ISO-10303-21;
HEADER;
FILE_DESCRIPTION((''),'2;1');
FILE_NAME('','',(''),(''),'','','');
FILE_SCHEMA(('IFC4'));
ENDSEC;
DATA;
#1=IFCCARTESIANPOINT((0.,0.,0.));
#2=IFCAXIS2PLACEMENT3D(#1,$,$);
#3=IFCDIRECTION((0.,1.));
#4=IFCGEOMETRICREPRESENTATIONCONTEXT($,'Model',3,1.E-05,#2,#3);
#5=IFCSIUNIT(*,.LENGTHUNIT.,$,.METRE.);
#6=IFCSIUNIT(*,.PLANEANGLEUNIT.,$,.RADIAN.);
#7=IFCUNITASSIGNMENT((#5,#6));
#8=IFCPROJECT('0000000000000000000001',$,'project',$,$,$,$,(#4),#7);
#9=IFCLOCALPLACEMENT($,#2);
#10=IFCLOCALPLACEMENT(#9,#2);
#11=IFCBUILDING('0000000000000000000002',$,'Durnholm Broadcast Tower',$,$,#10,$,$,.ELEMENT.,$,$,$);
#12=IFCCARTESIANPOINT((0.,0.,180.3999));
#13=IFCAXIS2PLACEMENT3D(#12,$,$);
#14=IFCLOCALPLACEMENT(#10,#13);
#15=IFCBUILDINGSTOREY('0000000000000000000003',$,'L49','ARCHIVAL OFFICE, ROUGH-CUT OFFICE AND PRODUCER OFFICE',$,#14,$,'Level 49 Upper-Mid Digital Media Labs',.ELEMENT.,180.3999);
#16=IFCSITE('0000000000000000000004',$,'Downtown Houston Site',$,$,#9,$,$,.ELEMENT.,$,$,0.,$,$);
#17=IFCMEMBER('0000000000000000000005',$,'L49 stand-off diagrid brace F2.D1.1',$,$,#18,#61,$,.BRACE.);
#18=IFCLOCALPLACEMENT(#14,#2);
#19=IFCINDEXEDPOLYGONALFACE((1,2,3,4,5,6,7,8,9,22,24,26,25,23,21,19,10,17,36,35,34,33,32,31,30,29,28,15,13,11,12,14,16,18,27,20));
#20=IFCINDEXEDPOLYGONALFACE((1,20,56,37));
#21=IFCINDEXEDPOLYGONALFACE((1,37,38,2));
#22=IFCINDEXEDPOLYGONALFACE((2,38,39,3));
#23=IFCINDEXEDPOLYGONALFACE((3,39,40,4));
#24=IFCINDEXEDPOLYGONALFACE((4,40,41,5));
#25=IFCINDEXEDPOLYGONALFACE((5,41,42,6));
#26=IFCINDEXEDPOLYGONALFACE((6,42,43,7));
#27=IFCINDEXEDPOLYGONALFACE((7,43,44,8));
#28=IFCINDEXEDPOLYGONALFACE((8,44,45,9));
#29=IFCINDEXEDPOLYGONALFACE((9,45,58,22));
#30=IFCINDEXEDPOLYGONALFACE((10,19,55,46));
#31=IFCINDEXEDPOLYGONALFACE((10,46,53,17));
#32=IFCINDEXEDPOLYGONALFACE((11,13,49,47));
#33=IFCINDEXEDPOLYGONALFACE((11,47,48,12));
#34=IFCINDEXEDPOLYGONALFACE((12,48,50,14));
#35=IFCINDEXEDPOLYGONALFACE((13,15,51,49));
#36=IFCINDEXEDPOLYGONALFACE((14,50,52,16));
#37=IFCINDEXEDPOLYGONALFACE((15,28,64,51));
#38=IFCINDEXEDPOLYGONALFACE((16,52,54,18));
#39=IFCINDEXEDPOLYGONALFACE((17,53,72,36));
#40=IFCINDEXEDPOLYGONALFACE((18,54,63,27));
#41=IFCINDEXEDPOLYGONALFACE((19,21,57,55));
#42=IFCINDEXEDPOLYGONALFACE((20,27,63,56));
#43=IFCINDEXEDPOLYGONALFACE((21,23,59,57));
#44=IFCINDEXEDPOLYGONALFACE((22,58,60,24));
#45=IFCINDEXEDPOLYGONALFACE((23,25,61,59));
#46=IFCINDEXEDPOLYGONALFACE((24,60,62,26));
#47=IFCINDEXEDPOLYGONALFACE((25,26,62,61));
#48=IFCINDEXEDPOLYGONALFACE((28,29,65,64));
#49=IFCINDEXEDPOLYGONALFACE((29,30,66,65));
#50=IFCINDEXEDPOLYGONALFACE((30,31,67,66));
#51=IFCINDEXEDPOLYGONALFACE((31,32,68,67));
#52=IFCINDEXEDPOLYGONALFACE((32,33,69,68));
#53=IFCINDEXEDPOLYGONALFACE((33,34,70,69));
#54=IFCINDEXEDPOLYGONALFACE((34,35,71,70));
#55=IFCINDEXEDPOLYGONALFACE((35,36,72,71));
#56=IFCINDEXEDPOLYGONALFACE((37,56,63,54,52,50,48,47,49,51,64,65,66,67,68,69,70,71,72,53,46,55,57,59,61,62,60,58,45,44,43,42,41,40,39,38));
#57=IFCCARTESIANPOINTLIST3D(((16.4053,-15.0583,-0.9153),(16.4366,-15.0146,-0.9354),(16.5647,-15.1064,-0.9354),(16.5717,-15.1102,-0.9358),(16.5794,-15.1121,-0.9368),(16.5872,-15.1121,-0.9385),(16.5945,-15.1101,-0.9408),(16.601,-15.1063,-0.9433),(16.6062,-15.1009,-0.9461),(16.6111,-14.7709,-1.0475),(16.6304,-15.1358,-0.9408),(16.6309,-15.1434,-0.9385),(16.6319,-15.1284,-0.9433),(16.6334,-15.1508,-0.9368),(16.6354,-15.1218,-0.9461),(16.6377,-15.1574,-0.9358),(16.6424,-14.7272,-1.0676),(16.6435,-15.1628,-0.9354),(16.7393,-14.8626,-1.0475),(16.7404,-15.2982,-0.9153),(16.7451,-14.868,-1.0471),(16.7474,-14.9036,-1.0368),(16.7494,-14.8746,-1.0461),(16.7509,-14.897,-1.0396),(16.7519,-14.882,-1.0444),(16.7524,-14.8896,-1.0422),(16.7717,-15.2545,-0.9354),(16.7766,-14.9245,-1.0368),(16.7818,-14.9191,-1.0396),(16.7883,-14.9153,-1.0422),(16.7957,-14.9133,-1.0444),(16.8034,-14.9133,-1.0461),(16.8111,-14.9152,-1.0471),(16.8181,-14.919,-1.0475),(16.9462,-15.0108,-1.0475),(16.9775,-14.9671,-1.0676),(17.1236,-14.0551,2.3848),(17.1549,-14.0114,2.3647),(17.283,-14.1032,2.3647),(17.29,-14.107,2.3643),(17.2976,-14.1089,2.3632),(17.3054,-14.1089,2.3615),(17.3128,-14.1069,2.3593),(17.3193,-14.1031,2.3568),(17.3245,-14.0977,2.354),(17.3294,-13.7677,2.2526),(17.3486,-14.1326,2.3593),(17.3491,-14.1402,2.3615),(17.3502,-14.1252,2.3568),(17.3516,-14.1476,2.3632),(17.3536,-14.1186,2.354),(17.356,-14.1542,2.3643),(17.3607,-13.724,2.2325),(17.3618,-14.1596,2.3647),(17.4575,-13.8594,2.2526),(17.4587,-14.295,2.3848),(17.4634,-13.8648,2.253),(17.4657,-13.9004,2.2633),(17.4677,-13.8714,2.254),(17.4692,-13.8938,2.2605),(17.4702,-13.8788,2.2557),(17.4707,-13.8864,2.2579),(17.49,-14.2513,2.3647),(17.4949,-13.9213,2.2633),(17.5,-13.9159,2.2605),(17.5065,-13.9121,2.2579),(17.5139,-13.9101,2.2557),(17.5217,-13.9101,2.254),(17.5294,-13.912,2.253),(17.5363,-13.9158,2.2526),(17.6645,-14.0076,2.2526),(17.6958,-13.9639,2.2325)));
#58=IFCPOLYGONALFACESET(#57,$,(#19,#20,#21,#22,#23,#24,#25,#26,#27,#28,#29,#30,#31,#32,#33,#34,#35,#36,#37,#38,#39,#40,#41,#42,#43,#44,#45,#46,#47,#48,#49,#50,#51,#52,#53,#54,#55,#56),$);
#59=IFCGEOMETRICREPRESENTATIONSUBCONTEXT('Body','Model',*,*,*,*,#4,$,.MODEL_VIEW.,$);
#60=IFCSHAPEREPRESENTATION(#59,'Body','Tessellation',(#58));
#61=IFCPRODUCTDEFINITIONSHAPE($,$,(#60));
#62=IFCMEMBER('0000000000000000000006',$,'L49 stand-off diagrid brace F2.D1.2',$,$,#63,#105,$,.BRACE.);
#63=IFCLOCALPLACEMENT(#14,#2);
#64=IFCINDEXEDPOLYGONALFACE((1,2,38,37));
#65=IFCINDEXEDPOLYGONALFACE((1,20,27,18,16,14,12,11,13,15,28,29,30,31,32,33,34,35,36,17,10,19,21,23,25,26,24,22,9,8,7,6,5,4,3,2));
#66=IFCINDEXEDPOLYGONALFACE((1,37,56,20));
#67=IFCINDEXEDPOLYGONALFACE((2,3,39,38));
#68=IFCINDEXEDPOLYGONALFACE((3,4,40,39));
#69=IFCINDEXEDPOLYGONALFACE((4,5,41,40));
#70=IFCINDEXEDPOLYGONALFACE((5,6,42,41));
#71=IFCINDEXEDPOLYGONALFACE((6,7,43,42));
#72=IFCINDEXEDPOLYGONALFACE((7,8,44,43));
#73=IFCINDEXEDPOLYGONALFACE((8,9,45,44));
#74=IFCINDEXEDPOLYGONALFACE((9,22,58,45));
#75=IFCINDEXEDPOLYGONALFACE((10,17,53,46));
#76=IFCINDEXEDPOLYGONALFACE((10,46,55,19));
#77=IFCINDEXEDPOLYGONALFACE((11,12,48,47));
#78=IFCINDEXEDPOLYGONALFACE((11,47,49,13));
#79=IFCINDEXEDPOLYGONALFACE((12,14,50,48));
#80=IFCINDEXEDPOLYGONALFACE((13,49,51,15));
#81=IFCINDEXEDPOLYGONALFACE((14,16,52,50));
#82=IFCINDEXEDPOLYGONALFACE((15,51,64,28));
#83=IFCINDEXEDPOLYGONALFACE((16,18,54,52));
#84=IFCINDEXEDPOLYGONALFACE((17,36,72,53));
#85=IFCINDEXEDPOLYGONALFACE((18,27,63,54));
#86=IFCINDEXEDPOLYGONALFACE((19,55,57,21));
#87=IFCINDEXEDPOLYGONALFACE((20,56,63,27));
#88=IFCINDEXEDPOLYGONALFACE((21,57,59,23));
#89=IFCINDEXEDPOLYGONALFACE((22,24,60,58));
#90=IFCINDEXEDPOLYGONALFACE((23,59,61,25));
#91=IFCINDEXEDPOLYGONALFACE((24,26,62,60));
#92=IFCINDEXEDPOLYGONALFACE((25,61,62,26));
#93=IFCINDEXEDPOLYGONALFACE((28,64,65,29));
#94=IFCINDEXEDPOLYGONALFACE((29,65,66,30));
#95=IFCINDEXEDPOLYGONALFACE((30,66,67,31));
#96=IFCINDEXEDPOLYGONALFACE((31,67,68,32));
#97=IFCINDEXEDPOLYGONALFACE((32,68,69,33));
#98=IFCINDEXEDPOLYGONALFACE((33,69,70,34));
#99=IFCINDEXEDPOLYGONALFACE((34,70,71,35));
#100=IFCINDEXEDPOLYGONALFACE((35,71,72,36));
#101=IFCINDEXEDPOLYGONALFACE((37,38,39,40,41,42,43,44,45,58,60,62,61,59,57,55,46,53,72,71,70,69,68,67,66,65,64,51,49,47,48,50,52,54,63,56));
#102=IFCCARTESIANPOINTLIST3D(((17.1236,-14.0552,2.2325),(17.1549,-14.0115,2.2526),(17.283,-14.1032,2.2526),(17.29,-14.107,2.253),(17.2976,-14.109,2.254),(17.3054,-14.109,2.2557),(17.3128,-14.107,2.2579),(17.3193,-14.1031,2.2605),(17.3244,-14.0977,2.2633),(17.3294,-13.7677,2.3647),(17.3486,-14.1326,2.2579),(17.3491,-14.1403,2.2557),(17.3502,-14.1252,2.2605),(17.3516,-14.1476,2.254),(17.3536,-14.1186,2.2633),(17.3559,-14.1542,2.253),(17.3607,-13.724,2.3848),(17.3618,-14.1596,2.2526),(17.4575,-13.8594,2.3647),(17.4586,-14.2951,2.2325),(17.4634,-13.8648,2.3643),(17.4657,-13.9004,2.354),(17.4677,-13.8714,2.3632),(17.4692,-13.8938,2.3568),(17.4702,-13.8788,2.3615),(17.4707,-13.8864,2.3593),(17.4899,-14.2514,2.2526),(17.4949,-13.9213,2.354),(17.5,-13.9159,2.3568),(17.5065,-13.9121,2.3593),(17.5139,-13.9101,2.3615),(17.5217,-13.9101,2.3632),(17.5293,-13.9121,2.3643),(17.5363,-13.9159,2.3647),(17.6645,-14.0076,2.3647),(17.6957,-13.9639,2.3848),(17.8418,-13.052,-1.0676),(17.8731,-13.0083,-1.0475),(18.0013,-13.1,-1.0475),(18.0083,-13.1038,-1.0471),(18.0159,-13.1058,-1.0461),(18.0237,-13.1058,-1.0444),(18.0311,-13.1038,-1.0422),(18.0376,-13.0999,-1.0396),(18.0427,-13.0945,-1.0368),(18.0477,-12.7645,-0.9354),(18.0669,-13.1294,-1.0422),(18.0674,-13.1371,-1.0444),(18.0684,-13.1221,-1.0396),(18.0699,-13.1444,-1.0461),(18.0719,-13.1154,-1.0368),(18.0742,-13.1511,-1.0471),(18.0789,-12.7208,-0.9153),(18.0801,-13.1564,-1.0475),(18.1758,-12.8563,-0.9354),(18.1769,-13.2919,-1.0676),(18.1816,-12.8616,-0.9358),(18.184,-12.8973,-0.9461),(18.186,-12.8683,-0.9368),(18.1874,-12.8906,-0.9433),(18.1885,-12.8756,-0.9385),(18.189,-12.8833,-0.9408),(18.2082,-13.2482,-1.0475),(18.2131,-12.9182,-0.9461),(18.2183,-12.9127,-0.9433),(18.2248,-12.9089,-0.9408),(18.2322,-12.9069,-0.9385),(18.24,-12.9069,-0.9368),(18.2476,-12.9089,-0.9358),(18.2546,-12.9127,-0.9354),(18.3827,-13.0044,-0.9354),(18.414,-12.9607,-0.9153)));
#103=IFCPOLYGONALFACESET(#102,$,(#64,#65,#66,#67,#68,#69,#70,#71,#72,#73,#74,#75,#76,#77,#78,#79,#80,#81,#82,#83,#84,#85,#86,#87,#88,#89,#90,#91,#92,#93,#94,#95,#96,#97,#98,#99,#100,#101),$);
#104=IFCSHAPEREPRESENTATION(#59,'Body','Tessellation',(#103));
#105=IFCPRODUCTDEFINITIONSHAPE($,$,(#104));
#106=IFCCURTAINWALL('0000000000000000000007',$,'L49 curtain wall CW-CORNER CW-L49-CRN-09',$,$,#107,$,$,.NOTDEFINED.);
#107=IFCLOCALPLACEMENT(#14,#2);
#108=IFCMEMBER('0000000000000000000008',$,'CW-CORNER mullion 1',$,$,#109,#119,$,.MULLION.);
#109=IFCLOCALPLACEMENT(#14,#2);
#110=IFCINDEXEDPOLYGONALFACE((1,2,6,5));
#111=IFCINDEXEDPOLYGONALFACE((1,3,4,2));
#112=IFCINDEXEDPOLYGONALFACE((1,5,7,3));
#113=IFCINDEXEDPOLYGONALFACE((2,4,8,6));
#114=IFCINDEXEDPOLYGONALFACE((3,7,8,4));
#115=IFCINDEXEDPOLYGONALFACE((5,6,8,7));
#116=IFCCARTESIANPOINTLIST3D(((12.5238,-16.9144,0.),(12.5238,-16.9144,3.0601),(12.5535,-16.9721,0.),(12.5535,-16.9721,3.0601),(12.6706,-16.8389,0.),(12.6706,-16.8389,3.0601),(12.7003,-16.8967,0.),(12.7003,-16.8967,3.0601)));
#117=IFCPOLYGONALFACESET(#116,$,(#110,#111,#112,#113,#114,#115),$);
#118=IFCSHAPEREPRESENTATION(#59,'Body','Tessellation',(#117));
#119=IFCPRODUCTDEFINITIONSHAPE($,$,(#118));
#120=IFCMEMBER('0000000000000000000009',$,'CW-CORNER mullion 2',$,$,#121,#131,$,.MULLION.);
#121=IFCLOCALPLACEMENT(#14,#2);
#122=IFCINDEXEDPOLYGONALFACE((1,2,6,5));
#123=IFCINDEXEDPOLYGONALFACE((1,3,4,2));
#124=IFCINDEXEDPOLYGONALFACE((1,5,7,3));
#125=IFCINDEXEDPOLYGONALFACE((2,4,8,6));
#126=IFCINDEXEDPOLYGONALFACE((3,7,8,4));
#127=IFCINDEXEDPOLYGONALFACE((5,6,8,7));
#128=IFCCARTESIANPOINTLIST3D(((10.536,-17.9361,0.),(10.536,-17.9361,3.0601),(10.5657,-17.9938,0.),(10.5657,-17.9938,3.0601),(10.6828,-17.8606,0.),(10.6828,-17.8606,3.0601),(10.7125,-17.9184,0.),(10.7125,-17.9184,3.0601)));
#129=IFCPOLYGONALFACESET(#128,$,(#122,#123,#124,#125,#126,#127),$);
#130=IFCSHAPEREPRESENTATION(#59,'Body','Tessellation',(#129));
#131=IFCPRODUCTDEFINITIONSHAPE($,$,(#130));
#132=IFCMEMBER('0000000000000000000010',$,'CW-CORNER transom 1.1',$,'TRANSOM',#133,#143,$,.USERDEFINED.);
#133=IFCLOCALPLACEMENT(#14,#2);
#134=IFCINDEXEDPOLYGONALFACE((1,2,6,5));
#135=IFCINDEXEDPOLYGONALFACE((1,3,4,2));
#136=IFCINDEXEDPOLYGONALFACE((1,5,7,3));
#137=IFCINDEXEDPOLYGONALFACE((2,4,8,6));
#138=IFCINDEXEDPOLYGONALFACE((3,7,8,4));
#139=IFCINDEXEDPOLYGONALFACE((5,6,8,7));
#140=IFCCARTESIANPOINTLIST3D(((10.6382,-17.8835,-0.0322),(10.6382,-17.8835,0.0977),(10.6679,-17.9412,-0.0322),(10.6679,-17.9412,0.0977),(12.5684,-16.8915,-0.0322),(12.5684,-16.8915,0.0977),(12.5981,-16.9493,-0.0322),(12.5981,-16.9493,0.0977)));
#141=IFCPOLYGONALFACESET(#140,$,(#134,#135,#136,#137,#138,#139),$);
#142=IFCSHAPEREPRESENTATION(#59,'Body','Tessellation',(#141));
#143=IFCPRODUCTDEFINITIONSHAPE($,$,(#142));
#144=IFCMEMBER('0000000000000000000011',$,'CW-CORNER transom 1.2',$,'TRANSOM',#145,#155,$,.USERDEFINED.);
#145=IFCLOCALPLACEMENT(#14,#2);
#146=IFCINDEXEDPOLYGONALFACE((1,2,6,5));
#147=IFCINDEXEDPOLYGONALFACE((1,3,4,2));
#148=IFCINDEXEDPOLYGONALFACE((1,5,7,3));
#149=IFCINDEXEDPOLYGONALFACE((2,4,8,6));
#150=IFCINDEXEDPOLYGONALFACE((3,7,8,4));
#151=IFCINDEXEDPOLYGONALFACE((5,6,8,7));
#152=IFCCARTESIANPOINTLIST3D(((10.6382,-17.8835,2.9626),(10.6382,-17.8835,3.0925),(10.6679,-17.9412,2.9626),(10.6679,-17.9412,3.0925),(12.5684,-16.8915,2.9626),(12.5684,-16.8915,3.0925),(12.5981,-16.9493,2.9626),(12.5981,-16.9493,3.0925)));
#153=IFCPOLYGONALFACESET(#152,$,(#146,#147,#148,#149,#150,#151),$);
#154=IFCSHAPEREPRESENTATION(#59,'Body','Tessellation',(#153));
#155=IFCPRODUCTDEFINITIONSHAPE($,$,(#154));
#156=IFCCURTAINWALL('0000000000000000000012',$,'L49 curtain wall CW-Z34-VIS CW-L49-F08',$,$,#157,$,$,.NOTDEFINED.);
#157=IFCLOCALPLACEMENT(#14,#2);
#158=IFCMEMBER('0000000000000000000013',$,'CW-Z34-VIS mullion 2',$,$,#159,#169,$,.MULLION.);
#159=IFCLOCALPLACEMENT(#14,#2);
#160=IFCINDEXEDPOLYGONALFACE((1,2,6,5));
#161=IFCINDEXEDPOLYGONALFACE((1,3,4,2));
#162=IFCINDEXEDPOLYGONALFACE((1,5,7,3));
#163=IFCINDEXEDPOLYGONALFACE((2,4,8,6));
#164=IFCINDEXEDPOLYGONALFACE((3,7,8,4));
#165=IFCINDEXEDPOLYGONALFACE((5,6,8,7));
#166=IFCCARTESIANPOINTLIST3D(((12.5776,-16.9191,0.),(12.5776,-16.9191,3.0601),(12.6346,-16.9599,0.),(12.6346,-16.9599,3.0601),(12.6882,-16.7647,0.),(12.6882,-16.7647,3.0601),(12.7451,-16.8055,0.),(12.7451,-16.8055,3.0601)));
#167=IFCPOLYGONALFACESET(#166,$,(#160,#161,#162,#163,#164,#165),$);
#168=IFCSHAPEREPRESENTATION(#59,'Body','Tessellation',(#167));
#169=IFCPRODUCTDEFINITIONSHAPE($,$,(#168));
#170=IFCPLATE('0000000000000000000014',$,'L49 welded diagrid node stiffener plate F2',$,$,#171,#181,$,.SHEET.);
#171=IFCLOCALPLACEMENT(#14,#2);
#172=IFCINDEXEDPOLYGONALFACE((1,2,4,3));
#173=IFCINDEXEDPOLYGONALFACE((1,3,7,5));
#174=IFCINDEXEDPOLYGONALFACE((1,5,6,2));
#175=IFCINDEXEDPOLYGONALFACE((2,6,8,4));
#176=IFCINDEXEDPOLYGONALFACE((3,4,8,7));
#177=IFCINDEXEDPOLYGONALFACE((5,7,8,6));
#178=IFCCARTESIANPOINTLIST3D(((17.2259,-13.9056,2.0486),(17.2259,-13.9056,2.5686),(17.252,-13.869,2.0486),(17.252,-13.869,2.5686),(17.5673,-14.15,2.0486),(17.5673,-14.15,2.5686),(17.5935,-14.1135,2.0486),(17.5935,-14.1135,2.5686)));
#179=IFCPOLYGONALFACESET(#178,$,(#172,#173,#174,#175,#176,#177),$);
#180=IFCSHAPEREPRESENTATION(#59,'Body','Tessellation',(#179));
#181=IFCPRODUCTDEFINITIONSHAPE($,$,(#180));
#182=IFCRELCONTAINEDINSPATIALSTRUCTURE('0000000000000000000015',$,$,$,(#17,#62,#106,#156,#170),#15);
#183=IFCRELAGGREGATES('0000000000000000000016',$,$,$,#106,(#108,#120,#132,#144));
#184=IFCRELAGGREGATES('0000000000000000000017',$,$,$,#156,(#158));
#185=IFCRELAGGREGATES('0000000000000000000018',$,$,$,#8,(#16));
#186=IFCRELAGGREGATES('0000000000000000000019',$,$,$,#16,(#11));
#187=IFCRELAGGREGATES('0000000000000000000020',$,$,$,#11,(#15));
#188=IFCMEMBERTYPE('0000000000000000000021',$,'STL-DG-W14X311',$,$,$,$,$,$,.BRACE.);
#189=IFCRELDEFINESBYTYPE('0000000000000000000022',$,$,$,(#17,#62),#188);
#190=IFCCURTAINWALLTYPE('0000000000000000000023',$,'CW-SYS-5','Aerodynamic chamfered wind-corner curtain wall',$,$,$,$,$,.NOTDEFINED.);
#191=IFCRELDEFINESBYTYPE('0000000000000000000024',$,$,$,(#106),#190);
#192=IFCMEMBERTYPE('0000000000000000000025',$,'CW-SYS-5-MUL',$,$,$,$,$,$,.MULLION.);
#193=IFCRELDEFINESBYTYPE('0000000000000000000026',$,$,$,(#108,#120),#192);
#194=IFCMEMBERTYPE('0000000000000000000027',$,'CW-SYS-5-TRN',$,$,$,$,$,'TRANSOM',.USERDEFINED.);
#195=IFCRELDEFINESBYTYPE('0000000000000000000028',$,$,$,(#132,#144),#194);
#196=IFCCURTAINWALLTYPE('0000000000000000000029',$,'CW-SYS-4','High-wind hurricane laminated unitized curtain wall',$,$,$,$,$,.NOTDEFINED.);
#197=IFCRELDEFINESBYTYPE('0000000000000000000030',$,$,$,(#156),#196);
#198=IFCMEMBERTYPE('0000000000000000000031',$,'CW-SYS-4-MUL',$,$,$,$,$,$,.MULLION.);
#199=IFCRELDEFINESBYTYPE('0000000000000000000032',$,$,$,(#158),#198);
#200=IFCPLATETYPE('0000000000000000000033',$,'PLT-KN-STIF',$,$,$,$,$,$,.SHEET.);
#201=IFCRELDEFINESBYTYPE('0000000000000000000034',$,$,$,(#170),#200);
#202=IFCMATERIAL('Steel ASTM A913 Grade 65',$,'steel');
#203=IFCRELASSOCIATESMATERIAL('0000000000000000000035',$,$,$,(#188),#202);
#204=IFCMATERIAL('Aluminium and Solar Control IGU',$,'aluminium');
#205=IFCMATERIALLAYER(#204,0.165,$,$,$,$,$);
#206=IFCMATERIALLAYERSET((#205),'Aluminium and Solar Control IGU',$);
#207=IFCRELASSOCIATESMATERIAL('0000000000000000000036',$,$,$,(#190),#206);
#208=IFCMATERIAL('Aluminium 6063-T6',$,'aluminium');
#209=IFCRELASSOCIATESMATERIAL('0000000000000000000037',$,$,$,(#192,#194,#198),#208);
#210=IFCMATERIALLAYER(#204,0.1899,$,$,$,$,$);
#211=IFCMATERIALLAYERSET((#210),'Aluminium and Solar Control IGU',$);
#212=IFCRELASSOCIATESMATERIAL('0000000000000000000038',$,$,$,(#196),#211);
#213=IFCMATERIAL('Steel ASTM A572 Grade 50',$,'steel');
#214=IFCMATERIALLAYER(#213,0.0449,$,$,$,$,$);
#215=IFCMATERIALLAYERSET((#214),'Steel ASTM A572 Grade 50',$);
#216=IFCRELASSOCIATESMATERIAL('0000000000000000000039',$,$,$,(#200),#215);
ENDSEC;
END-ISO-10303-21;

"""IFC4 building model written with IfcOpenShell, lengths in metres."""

from ifc_helpers import new_model, si_unit, direction, frame, origin, origin_2d, place, context, subcontext, project, spatial, rectangle, i_section, extrude, source, transform, mapped, material, layer, layer_set, material_profile, profile_set, type_object, type_shapes, element, aggregate, save


model = new_model("IFC4")

# Units and contexts
model_context = context("Model", 3, precision=1e-05, world=origin(), true_north=direction((0.0, 1.0)))
body_context = subcontext(model_context, "Body", "Model", "MODEL_VIEW")
ifc_project = project(units=[si_unit("LENGTHUNIT", "METRE"), si_unit("PLANEANGLEUNIT", "RADIAN")], contexts=[model_context])

# Site, building, storey
site_placement = place(None, origin())
site = spatial("IfcSite", under=ifc_project, at=site_placement, Name="Downtown Houston Site", CompositionType="ELEMENT", RefElevation=0.0)
building_placement = place(site_placement, origin())
building = spatial("IfcBuilding", under=site, at=building_placement, Name="Durnholm Broadcast Tower", CompositionType="ELEMENT")
storey_placement = place(building_placement, frame((0.0, 0.0, 180.3999)))
storey = spatial("IfcBuildingStorey", under=building, at=storey_placement, Name="L49", Description="ARCHIVAL OFFICE, ROUGH-CUT OFFICE AND PRODUCER OFFICE", LongName="Level 49 Upper-Mid Digital Media Labs", CompositionType="ELEMENT", Elevation=180.3999)

# Members
ifc_material_1 = material(Name="Steel ASTM A913 Grade 65", Category="steel")
ifc_material_profile_1 = material_profile(ifc_material_1, i_section(OverallWidth=0.4121, OverallDepth=0.4348, WebThickness=0.0359, FlangeThickness=0.0574, FilletRadius=0.0305, at=origin_2d()), Name="W14X311")
ifc_profile_set_1 = profile_set([ifc_material_profile_1], Name="Steel ASTM A913 Grade 65")
member_type_1 = type_object("IfcMemberType", Name="STL-DG-W14X311", PredefinedType="BRACE", material=ifc_profile_set_1)
shared_shape_1 = source(origin(), body_context, "Body", "SweptSolid", [
    extrude(i_section(OverallWidth=0.4121, OverallDepth=0.4348, WebThickness=0.0359, FlangeThickness=0.0574, FilletRadius=0.0305, at=origin_2d()), origin(), (0.0, 0.0, 1.0), 3.5232),
])
type_shapes(member_type_1, [shared_shape_1])
for number, where, z_axis, x_axis, name in (
    (1, (16.6914, -15.0127, -0.9915), (0.203869, 0.284738, 0.936676), (-0.813078, 0.582155, 0.0), "L49 stand-off diagrid brace F2.D1.1"),
    (2, (18.1279, -13.0063, -0.9915), (-0.203869, -0.284738, 0.936676), (0.813078, -0.582155, 0.0), "L49 stand-off diagrid brace F2.D1.2"),
):
    element("IfcMember", number, at=place(storey_placement, frame(where, z_axis=z_axis, x_axis=x_axis)), inside=storey, type_object=member_type_1, Name=name, PredefinedType="BRACE", context=body_context, shape_type="MappedRepresentation", body=[
        mapped(shared_shape_1, transform((0.0, 0.0, 0.0), x_axis=(1.0, 0.0, 0.0), y_axis=(0.0, 1.0, 0.0), z_axis=(0.0, 0.0, 1.0), scale=1.0)),
    ])

# Curtain wall, members
ifc_material_2 = material(Name="Aluminium and Solar Control IGU", Category="aluminium")
ifc_layer_1 = layer(ifc_material_2, 0.165)
ifc_layer_set_1 = layer_set([ifc_layer_1], Name="Aluminium and Solar Control IGU")
curtain_wall_type_1 = type_object("IfcCurtainWallType", Name="CW-SYS-5", Description="Aerodynamic chamfered wind-corner curtain wall", PredefinedType="NOTDEFINED", material=ifc_layer_set_1)
curtain_wall_1_placement = place(storey_placement, origin())
curtain_wall_1 = element("IfcCurtainWall", 3, at=curtain_wall_1_placement, inside=storey, type_object=curtain_wall_type_1, Name="L49 curtain wall CW-CORNER CW-L49-CRN-09", PredefinedType="NOTDEFINED")
ifc_material_3 = material(Name="Aluminium 6063-T6", Category="aluminium")
ifc_material_profile_2 = material_profile(ifc_material_3, rectangle(XDim=0.0649, YDim=0.165, at=origin_2d()), Name="CWM65X165")
ifc_profile_set_2 = profile_set([ifc_material_profile_2], Name="Aluminium 6063-T6")
member_type_2 = type_object("IfcMemberType", Name="CW-SYS-5-MUL", PredefinedType="MULLION", material=ifc_profile_set_2)
shared_shape_2 = source(origin(), body_context, "Body", "SweptSolid", [
    extrude(rectangle(XDim=0.0649, YDim=0.165, at=origin_2d()), origin(), (0.0, 0.0, 1.0), 3.0601),
])
type_shapes(member_type_2, [shared_shape_2])
member_1_placement = place(storey_placement, frame((12.6121, -16.9055, 0.0), z_axis=(0.0, 0.0, 1.0), x_axis=(0.457082, -0.889425, 0.0)))
member_1 = element("IfcMember", 4, at=member_1_placement, type_object=member_type_2, Name="CW-CORNER mullion 1", PredefinedType="MULLION", context=body_context, shape_type="MappedRepresentation", body=[
    mapped(shared_shape_2, transform((0.0, 0.0, 0.0), x_axis=(1.0, 0.0, 0.0), y_axis=(0.0, 1.0, 0.0), z_axis=(0.0, 0.0, 1.0), scale=1.0)),
])
member_2_placement = place(storey_placement, frame((10.6243, -17.9272, 0.0), z_axis=(0.0, 0.0, 1.0), x_axis=(0.457082, -0.889425, 0.0)))
member_2 = element("IfcMember", 5, at=member_2_placement, type_object=member_type_2, Name="CW-CORNER mullion 2", PredefinedType="MULLION", context=body_context, shape_type="MappedRepresentation", body=[
    mapped(shared_shape_2, transform((0.0, 0.0, 0.0), x_axis=(1.0, 0.0, 0.0), y_axis=(0.0, 1.0, 0.0), z_axis=(0.0, 0.0, 1.0), scale=1.0)),
])
ifc_material_profile_3 = material_profile(ifc_material_3, rectangle(XDim=0.0649, YDim=0.1299, at=origin_2d()), Name="CWT65X130")
ifc_profile_set_3 = profile_set([ifc_material_profile_3], Name="Aluminium 6063-T6")
member_type_3 = type_object("IfcMemberType", Name="CW-SYS-5-TRN", ElementType="TRANSOM", PredefinedType="USERDEFINED", material=ifc_profile_set_3)
shared_shape_3 = source(origin(), body_context, "Body", "SweptSolid", [
    extrude(rectangle(XDim=0.0649, YDim=0.1299, at=origin_2d()), origin(), (0.0, 0.0, 1.0), 2.1702),
])
type_shapes(member_type_3, [shared_shape_3])
member_3_placement = place(storey_placement, frame((12.5833, -16.9204, 0.0327), z_axis=(-0.889422, -0.457086, 0.0), x_axis=(0.457086, -0.889422, 0.0)))
member_3 = element("IfcMember", 6, at=member_3_placement, type_object=member_type_3, Name="CW-CORNER transom 1.1", ObjectType="TRANSOM", PredefinedType="USERDEFINED", context=body_context, shape_type="MappedRepresentation", body=[
    mapped(shared_shape_3, transform((0.0, 0.0, 0.0), x_axis=(1.0, 0.0, 0.0), y_axis=(0.0, 1.0, 0.0), z_axis=(0.0, 0.0, 1.0), scale=1.0)),
])
member_4_placement = place(storey_placement, frame((12.5833, -16.9204, 3.0276), z_axis=(-0.889422, -0.457086, 0.0), x_axis=(0.457086, -0.889422, 0.0)))
member_4 = element("IfcMember", 7, at=member_4_placement, type_object=member_type_3, Name="CW-CORNER transom 1.2", ObjectType="TRANSOM", PredefinedType="USERDEFINED", context=body_context, shape_type="MappedRepresentation", body=[
    mapped(shared_shape_3, transform((0.0, 0.0, 0.0), x_axis=(1.0, 0.0, 0.0), y_axis=(0.0, 1.0, 0.0), z_axis=(0.0, 0.0, 1.0), scale=1.0)),
])

# Curtain wall, member
ifc_layer_2 = layer(ifc_material_2, 0.1899)
ifc_layer_set_2 = layer_set([ifc_layer_2], Name="Aluminium and Solar Control IGU")
curtain_wall_type_2 = type_object("IfcCurtainWallType", Name="CW-SYS-4", Description="High-wind hurricane laminated unitized curtain wall", PredefinedType="NOTDEFINED", material=ifc_layer_set_2)
curtain_wall_2_placement = place(storey_placement, origin())
curtain_wall_2 = element("IfcCurtainWall", 8, at=curtain_wall_2_placement, inside=storey, type_object=curtain_wall_type_2, Name="L49 curtain wall CW-Z34-VIS CW-L49-F08", PredefinedType="NOTDEFINED")
ifc_material_profile_4 = material_profile(ifc_material_3, rectangle(XDim=0.0701, YDim=0.1899, at=origin_2d()), Name="CWM70X190")
ifc_profile_set_4 = profile_set([ifc_material_profile_4], Name="Aluminium 6063-T6")
member_type_4 = type_object("IfcMemberType", Name="CW-SYS-4-MUL", PredefinedType="MULLION", material=ifc_profile_set_4)
shared_shape_4 = source(origin(), body_context, "Body", "SweptSolid", [
    extrude(rectangle(XDim=0.0701, YDim=0.1899, at=origin_2d()), origin(), (0.0, 0.0, 1.0), 3.0601),
])
type_shapes(member_type_4, [shared_shape_4])
member_5_placement = place(storey_placement, frame((12.6614, -16.8623, 0.0), z_axis=(0.0, 0.0, 1.0), x_axis=(0.813089, -0.582139, 0.0)))
member_5 = element("IfcMember", 9, at=member_5_placement, type_object=member_type_4, Name="CW-Z34-VIS mullion 2", PredefinedType="MULLION", context=body_context, shape_type="MappedRepresentation", body=[
    mapped(shared_shape_4, transform((0.0, 0.0, 0.0), x_axis=(1.0, 0.0, 0.0), y_axis=(0.0, 1.0, 0.0), z_axis=(0.0, 0.0, 1.0), scale=1.0)),
])

# Plate
ifc_material_4 = material(Name="Steel ASTM A572 Grade 50", Category="steel")
ifc_layer_3 = layer(ifc_material_4, 0.0449)
ifc_layer_set_3 = layer_set([ifc_layer_3], Name="Steel ASTM A572 Grade 50")
plate_type_1 = type_object("IfcPlateType", Name="PLT-KN-STIF", PredefinedType="SHEET", material=ifc_layer_set_3)
shared_shape_5 = source(origin(), body_context, "Body", "SweptSolid", [
    extrude(rectangle(XDim=0.0449, YDim=0.4199, at=origin_2d()), origin(), (0.0, 0.0, 1.0), 0.52),
])
type_shapes(plate_type_1, [shared_shape_5])
plate_1_placement = place(storey_placement, frame((17.4097, -14.0095, 2.0486), z_axis=(0.0, 0.0, 1.0), x_axis=(0.582123, 0.813101, 0.0)))
element("IfcPlate", 10, at=plate_1_placement, inside=storey, type_object=plate_type_1, Name="L49 welded diagrid node stiffener plate F2", PredefinedType="SHEET", context=body_context, shape_type="MappedRepresentation", body=[
    mapped(shared_shape_5, transform((0.0, 0.0, 0.0), x_axis=(1.0, 0.0, 0.0), y_axis=(0.0, 1.0, 0.0), z_axis=(0.0, 0.0, 1.0), scale=1.0)),
])

aggregate(curtain_wall_1, [member_1, member_2, member_3, member_4])
aggregate(curtain_wall_2, [member_5])

save(model, "model.ifc")
